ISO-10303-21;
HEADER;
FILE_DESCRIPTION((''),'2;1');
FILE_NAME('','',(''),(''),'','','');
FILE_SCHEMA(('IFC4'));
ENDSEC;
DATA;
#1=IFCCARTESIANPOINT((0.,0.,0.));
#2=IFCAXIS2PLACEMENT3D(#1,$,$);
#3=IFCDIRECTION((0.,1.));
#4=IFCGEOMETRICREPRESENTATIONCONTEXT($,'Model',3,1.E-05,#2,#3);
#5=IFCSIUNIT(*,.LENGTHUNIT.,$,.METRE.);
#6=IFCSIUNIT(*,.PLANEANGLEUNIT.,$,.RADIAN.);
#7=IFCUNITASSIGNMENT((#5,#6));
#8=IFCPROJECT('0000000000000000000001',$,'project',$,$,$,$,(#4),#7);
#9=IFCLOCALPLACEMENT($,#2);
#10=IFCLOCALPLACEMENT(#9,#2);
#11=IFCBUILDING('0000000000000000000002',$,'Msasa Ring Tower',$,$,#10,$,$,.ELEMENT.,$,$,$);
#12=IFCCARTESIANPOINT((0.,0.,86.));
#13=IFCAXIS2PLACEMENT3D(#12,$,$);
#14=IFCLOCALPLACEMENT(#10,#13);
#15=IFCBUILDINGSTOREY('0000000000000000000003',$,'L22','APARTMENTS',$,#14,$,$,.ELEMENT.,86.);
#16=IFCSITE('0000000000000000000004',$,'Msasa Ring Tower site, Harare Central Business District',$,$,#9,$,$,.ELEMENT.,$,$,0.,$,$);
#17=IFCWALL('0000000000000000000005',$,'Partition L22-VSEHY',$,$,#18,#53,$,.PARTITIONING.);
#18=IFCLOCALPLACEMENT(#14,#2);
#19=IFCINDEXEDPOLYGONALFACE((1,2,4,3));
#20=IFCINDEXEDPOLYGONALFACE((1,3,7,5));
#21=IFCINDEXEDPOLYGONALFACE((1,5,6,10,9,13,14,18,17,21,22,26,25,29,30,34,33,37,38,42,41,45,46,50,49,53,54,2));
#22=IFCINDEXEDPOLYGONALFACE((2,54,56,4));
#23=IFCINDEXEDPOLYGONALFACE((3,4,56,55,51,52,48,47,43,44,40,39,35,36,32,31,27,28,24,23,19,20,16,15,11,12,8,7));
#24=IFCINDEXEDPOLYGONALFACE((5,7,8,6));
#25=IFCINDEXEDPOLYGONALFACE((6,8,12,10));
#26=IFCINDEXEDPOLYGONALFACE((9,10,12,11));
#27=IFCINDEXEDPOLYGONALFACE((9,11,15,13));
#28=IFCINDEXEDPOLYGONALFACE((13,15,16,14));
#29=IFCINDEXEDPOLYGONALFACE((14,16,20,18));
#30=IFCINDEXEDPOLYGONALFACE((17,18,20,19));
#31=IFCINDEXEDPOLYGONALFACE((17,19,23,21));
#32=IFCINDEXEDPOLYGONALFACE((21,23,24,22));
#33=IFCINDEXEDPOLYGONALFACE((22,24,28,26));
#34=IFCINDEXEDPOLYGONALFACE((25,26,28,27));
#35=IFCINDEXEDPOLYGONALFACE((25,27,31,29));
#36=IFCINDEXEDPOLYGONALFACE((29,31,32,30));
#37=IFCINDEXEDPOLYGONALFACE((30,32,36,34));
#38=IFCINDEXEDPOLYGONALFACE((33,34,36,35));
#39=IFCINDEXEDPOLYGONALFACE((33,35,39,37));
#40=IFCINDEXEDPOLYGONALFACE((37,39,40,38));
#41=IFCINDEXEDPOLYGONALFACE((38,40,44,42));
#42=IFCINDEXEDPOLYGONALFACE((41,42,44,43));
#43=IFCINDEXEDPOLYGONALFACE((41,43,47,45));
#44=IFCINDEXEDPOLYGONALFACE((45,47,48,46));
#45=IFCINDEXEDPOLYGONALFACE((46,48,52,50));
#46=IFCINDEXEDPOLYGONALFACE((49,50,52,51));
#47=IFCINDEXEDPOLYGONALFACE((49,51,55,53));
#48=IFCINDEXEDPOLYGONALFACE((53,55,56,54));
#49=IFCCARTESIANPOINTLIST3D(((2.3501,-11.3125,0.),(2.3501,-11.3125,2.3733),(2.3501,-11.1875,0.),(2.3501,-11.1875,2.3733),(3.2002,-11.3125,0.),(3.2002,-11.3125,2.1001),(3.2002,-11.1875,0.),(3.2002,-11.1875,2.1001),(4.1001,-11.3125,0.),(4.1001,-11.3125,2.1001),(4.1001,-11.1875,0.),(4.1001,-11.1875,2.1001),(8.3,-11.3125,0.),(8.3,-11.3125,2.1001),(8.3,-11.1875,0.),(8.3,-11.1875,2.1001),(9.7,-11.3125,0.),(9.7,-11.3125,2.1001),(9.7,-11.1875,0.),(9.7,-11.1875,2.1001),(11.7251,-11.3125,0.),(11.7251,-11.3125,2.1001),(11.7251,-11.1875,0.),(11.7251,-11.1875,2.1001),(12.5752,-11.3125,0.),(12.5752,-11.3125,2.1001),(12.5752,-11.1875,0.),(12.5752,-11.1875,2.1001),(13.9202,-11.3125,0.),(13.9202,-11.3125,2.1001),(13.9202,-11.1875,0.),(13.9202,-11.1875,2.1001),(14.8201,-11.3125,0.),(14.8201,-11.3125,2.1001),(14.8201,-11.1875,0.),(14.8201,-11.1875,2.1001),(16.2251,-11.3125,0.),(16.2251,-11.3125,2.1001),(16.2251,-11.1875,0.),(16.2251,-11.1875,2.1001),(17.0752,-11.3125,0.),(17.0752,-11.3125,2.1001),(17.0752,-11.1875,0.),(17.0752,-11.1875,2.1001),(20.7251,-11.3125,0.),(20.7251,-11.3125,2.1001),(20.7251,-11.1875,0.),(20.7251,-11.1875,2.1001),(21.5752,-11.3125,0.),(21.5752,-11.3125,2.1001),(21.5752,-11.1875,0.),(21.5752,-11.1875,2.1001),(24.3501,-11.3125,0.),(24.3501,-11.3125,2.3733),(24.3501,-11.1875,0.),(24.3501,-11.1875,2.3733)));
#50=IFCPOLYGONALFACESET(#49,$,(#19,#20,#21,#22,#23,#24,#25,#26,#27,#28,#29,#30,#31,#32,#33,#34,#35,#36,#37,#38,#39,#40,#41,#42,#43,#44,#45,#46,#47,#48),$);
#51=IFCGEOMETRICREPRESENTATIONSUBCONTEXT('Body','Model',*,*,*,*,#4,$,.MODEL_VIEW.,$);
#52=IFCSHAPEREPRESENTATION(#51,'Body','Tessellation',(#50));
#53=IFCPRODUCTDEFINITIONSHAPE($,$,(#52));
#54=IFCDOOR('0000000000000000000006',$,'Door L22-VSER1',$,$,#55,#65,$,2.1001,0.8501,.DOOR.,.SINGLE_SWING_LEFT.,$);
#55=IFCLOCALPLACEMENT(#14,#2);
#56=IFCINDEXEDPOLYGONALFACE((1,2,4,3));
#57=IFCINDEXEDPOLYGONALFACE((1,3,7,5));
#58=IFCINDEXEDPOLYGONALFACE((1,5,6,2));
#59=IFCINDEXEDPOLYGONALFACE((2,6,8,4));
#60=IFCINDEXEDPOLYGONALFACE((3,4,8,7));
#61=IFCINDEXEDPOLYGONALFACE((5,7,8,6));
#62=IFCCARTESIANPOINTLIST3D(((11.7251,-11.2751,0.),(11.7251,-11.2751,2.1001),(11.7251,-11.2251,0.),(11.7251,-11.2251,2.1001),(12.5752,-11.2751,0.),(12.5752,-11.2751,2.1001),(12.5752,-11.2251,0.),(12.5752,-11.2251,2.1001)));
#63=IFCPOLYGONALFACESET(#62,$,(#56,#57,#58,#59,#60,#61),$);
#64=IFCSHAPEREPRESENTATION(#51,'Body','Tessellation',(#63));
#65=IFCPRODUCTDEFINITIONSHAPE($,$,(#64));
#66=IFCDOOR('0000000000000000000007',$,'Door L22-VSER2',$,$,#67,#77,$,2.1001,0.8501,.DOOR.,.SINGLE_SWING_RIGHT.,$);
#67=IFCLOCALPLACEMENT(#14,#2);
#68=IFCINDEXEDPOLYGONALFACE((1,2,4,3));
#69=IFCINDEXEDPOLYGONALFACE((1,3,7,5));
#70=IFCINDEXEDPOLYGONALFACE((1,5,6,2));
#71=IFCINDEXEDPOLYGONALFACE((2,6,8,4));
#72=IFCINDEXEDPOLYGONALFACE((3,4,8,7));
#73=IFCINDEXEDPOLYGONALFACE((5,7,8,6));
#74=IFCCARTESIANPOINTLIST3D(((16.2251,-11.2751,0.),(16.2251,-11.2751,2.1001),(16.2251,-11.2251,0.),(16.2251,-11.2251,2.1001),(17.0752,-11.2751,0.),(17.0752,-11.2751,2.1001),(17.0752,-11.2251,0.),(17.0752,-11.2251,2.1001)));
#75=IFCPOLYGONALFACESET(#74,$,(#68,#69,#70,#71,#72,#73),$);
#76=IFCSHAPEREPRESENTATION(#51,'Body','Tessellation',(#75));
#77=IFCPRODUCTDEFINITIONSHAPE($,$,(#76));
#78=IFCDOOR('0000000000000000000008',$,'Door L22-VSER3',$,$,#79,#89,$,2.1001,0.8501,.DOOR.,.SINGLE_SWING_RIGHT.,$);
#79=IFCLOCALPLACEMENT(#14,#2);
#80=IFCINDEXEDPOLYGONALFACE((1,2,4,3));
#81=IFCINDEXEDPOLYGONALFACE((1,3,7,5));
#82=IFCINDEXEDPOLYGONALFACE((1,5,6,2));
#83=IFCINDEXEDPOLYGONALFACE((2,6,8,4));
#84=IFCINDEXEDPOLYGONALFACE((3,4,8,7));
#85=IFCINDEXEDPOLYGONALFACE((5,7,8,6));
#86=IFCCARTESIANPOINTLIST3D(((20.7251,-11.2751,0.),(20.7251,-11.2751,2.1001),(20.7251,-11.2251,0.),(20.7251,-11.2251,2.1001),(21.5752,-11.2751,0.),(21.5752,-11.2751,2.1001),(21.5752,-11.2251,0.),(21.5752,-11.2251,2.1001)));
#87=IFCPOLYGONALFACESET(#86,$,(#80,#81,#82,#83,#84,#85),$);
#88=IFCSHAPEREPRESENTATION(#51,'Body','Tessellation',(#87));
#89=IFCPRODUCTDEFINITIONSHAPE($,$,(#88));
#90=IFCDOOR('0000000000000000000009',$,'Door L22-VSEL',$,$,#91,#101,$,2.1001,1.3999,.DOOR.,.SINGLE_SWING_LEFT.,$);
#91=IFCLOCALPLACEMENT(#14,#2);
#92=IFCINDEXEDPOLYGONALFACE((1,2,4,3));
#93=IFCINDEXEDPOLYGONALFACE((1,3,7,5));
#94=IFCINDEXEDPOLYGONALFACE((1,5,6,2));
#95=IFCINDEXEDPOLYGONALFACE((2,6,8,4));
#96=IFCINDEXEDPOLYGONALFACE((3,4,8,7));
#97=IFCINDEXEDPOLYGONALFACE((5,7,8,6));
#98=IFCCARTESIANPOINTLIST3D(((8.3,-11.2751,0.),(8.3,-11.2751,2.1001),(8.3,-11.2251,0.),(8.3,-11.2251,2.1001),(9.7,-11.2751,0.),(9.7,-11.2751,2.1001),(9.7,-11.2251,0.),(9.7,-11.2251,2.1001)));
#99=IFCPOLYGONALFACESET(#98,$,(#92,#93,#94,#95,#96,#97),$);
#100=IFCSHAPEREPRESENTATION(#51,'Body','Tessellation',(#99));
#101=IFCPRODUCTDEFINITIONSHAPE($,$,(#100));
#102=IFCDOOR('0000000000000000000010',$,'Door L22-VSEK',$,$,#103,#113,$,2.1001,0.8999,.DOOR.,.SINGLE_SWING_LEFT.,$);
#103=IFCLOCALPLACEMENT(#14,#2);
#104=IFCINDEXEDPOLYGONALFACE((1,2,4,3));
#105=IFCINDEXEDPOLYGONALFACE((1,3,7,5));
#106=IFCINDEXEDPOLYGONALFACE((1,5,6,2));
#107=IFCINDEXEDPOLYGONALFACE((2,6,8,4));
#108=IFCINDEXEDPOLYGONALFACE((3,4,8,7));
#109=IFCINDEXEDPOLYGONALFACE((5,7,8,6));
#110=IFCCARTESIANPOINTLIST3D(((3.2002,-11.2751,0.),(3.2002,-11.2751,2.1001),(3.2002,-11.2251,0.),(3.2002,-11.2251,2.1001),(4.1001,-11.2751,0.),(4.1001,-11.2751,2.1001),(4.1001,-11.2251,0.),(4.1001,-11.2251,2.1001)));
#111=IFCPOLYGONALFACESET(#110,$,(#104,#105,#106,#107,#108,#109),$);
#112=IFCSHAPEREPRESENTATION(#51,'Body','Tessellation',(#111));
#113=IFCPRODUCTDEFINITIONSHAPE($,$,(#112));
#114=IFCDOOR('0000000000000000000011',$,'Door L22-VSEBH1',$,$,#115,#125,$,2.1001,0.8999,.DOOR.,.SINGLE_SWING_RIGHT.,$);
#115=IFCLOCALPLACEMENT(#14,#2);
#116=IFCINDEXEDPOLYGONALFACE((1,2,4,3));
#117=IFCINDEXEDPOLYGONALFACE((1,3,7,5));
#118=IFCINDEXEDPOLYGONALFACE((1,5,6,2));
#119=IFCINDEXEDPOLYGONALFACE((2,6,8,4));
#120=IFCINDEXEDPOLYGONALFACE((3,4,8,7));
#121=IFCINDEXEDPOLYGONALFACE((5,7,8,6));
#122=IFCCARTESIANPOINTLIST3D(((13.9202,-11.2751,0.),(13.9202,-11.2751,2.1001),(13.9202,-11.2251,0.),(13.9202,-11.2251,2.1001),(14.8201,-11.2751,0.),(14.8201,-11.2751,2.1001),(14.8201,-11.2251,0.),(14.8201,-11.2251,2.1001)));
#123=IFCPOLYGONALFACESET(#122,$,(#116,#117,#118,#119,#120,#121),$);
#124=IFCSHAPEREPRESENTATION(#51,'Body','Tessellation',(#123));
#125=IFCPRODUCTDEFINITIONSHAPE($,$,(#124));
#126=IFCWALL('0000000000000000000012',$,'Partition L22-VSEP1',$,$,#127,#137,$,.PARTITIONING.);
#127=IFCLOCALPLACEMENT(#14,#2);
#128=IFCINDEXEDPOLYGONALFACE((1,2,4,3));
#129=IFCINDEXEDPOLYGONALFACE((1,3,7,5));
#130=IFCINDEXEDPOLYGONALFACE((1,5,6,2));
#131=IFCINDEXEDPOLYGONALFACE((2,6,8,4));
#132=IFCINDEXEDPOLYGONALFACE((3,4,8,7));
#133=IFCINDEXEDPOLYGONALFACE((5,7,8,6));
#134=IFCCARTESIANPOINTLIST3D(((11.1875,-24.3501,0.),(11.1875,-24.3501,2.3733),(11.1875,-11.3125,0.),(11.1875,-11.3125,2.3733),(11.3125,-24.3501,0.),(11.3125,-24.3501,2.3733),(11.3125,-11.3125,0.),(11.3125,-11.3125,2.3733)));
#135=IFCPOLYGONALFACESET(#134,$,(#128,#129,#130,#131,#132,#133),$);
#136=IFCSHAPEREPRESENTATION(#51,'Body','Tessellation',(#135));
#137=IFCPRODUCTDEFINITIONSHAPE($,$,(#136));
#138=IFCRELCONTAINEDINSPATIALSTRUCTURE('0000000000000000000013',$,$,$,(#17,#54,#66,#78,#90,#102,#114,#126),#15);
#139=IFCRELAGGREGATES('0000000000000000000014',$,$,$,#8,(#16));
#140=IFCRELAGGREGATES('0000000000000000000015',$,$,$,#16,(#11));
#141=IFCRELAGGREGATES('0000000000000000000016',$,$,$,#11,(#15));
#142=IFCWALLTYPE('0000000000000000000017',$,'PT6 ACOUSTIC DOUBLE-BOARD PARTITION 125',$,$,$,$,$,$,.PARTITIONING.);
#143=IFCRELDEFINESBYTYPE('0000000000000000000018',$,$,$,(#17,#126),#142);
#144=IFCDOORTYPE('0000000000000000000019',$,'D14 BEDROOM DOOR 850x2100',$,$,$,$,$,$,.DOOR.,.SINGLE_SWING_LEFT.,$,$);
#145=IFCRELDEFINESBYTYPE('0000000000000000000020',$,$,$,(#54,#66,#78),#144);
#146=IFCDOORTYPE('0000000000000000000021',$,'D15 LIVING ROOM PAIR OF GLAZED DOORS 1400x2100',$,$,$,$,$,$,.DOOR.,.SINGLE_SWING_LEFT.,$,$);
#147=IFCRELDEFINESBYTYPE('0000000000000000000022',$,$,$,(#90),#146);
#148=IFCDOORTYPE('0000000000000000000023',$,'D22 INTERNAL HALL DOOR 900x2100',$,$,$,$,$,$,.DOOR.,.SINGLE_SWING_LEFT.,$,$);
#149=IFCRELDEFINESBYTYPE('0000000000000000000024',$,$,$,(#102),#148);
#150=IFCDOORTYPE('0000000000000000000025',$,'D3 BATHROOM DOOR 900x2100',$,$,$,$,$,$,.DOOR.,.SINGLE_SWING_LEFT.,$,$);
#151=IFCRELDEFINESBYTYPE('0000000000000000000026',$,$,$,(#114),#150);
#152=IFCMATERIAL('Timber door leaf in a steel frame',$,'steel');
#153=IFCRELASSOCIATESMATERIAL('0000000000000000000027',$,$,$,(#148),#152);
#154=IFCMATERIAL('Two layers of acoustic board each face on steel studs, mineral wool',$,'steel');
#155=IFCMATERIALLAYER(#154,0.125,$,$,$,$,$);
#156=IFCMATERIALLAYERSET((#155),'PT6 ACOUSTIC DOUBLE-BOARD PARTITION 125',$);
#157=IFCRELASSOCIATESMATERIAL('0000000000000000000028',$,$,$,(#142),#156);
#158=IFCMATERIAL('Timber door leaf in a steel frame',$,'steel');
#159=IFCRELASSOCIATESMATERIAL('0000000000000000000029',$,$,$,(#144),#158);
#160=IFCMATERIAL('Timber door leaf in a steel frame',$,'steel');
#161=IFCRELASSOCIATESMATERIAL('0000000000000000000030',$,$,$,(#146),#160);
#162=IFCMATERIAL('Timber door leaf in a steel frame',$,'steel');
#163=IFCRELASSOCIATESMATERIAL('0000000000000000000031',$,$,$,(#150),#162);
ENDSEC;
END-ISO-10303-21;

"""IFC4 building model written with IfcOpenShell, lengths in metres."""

from ifc_helpers import new_model, si_unit, direction, frame, frame_2d, origin, place, context, subcontext, project, spatial, rectangle, extrude, material, layer, layer_set, type_object, element, fill, save


model = new_model("IFC4")

# Units and contexts
model_context = context("Model", 3, precision=1e-05, world=origin(), true_north=direction((0.0, 1.0)))
body_context = subcontext(model_context, "Body", "Model", "MODEL_VIEW")
ifc_project = project(units=[si_unit("LENGTHUNIT", "METRE"), si_unit("PLANEANGLEUNIT", "RADIAN")], contexts=[model_context])

# Site, building, storey
site_placement = place(None, origin())
site = spatial("IfcSite", under=ifc_project, at=site_placement, Name="Msasa Ring Tower site, Harare Central Business District", CompositionType="ELEMENT", RefElevation=0.0)
building_placement = place(site_placement, origin())
building = spatial("IfcBuilding", under=site, at=building_placement, Name="Msasa Ring Tower", CompositionType="ELEMENT")
storey_placement = place(building_placement, frame((0.0, 0.0, 86.0)))
storey = spatial("IfcBuildingStorey", under=building, at=storey_placement, Name="L22", Description="APARTMENTS", CompositionType="ELEMENT", Elevation=86.0)

# Shared definitions
ifc_material_1 = material(Name="Timber door leaf in a steel frame", Category="steel")
door_type_1 = type_object("IfcDoorType", Name="D22 INTERNAL HALL DOOR 900x2100", OperationType="SINGLE_SWING_LEFT", PredefinedType="DOOR", material=ifc_material_1)

# Wall, openings, doors
ifc_material_2 = material(Name="Two layers of acoustic board each face on steel studs, mineral wool", Category="steel")
ifc_layer_1 = layer(ifc_material_2, 0.125)
ifc_layer_set_1 = layer_set([ifc_layer_1], Name="PT6 ACOUSTIC DOUBLE-BOARD PARTITION 125")
wall_type_1 = type_object("IfcWallType", Name="PT6 ACOUSTIC DOUBLE-BOARD PARTITION 125", PredefinedType="PARTITIONING", material=ifc_layer_set_1)
wall_1_placement = place(storey_placement, frame((2.3501, -11.25, 0.0), z_axis=(0.0, 0.0, 1.0), x_axis=(1.0, 0.0, 0.0)))
wall_1 = element("IfcWall", 1, at=wall_1_placement, inside=storey, type_object=wall_type_1, Name="Partition L22-VSEHY", PredefinedType="PARTITIONING", context=body_context, shape_type="SweptSolid", body=[
    extrude(rectangle(XDim=22.0, YDim=0.125, at=frame_2d((11.0, 0.0))), origin(), (0.0, 0.0, 1.0), 2.3733),
])
opening_1_placement = place(wall_1_placement, frame((0.8501, 0.0, 0.0)))
opening_1 = element("IfcOpeningElement", 2, at=opening_1_placement, cuts=wall_1, PredefinedType="OPENING", context=body_context, shape_type="SweptSolid", body=[
    extrude(rectangle(XDim=0.8999, YDim=2.1001, at=frame_2d((0.45, 1.05))), frame((0.0, 0.0725, 0.0), z_axis=(0.0, -1.0, 0.0), x_axis=(1.0, 0.0, 0.0)), (0.0, 0.0, 1.0), 0.145),
])
opening_2_placement = place(wall_1_placement, frame((5.95, 0.0, 0.0)))
opening_2 = element("IfcOpeningElement", 3, at=opening_2_placement, cuts=wall_1, PredefinedType="OPENING", context=body_context, shape_type="SweptSolid", body=[
    extrude(rectangle(XDim=1.3999, YDim=2.1001, at=frame_2d((0.7, 1.05))), frame((0.0, 0.0725, 0.0), z_axis=(0.0, -1.0, 0.0), x_axis=(1.0, 0.0, 0.0)), (0.0, 0.0, 1.0), 0.145),
])
opening_3_placement = place(wall_1_placement, frame((9.375, 0.0, 0.0)))
opening_3 = element("IfcOpeningElement", 4, at=opening_3_placement, cuts=wall_1, PredefinedType="OPENING", context=body_context, shape_type="SweptSolid", body=[
    extrude(rectangle(XDim=0.8501, YDim=2.1001, at=frame_2d((0.425, 1.05))), frame((0.0, 0.0725, 0.0), z_axis=(0.0, -1.0, 0.0), x_axis=(1.0, 0.0, 0.0)), (0.0, 0.0, 1.0), 0.145),
])
opening_4_placement = place(wall_1_placement, frame((11.5701, 0.0, 0.0)))
opening_4 = element("IfcOpeningElement", 5, at=opening_4_placement, cuts=wall_1, PredefinedType="OPENING", context=body_context, shape_type="SweptSolid", body=[
    extrude(rectangle(XDim=0.8999, YDim=2.1001, at=frame_2d((0.45, 1.05))), frame((0.0, 0.0725, 0.0), z_axis=(0.0, -1.0, 0.0), x_axis=(1.0, 0.0, 0.0)), (0.0, 0.0, 1.0), 0.145),
])
opening_5_placement = place(wall_1_placement, frame((13.875, 0.0, 0.0)))
opening_5 = element("IfcOpeningElement", 6, at=opening_5_placement, cuts=wall_1, PredefinedType="OPENING", context=body_context, shape_type="SweptSolid", body=[
    extrude(rectangle(XDim=0.8501, YDim=2.1001, at=frame_2d((0.425, 1.05))), frame((0.0, 0.0725, 0.0), z_axis=(0.0, -1.0, 0.0), x_axis=(1.0, 0.0, 0.0)), (0.0, 0.0, 1.0), 0.145),
])
opening_6_placement = place(wall_1_placement, frame((18.375, 0.0, 0.0)))
opening_6 = element("IfcOpeningElement", 7, at=opening_6_placement, cuts=wall_1, PredefinedType="OPENING", context=body_context, shape_type="SweptSolid", body=[
    extrude(rectangle(XDim=0.8501, YDim=2.1001, at=frame_2d((0.425, 1.05))), frame((0.0, 0.0725, 0.0), z_axis=(0.0, -1.0, 0.0), x_axis=(1.0, 0.0, 0.0)), (0.0, 0.0, 1.0), 0.145),
])
ifc_material_3 = material(Name="Timber door leaf in a steel frame", Category="steel")
door_type_2 = type_object("IfcDoorType", Name="D14 BEDROOM DOOR 850x2100", OperationType="SINGLE_SWING_LEFT", PredefinedType="DOOR", material=ifc_material_3)
door_1_placement = place(opening_3_placement, origin())
door_1 = element("IfcDoor", 8, at=door_1_placement, inside=storey, type_object=door_type_2, Name="Door L22-VSER1", OperationType="SINGLE_SWING_LEFT", OverallHeight=2.1001, OverallWidth=0.8501, PredefinedType="DOOR", context=body_context, shape_type="SweptSolid", body=[
    extrude(rectangle(XDim=0.8501, YDim=2.1001, at=frame_2d((0.425, 1.05))), frame((0.0, 0.0249, 0.0), z_axis=(0.0, -1.0, 0.0), x_axis=(1.0, 0.0, 0.0)), (0.0, 0.0, 1.0), 0.05),
])
fill(opening_3, door_1)
door_2_placement = place(opening_5_placement, origin())
door_2 = element("IfcDoor", 9, at=door_2_placement, inside=storey, type_object=door_type_2, Name="Door L22-VSER2", OperationType="SINGLE_SWING_RIGHT", OverallHeight=2.1001, OverallWidth=0.8501, PredefinedType="DOOR", context=body_context, shape_type="SweptSolid", body=[
    extrude(rectangle(XDim=0.8501, YDim=2.1001, at=frame_2d((0.425, 1.05))), frame((0.0, 0.0249, 0.0), z_axis=(0.0, -1.0, 0.0), x_axis=(1.0, 0.0, 0.0)), (0.0, 0.0, 1.0), 0.05),
])
fill(opening_5, door_2)
door_3_placement = place(opening_6_placement, origin())
door_3 = element("IfcDoor", 10, at=door_3_placement, inside=storey, type_object=door_type_2, Name="Door L22-VSER3", OperationType="SINGLE_SWING_RIGHT", OverallHeight=2.1001, OverallWidth=0.8501, PredefinedType="DOOR", context=body_context, shape_type="SweptSolid", body=[
    extrude(rectangle(XDim=0.8501, YDim=2.1001, at=frame_2d((0.425, 1.05))), frame((0.0, 0.0249, 0.0), z_axis=(0.0, -1.0, 0.0), x_axis=(1.0, 0.0, 0.0)), (0.0, 0.0, 1.0), 0.05),
])
fill(opening_6, door_3)
ifc_material_4 = material(Name="Timber door leaf in a steel frame", Category="steel")
door_type_3 = type_object("IfcDoorType", Name="D15 LIVING ROOM PAIR OF GLAZED DOORS 1400x2100", OperationType="SINGLE_SWING_LEFT", PredefinedType="DOOR", material=ifc_material_4)
door_4_placement = place(opening_2_placement, origin())
door_4 = element("IfcDoor", 11, at=door_4_placement, inside=storey, type_object=door_type_3, Name="Door L22-VSEL", OperationType="SINGLE_SWING_LEFT", OverallHeight=2.1001, OverallWidth=1.3999, PredefinedType="DOOR", context=body_context, shape_type="SweptSolid", body=[
    extrude(rectangle(XDim=1.3999, YDim=2.1001, at=frame_2d((0.7, 1.05))), frame((0.0, 0.0249, 0.0), z_axis=(0.0, -1.0, 0.0), x_axis=(1.0, 0.0, 0.0)), (0.0, 0.0, 1.0), 0.05),
])
fill(opening_2, door_4)
door_5_placement = place(opening_1_placement, origin())
door_5 = element("IfcDoor", 12, at=door_5_placement, inside=storey, type_object=door_type_1, Name="Door L22-VSEK", OperationType="SINGLE_SWING_LEFT", OverallHeight=2.1001, OverallWidth=0.8999, PredefinedType="DOOR", context=body_context, shape_type="SweptSolid", body=[
    extrude(rectangle(XDim=0.8999, YDim=2.1001, at=frame_2d((0.45, 1.05))), frame((0.0, 0.0249, 0.0), z_axis=(0.0, -1.0, 0.0), x_axis=(1.0, 0.0, 0.0)), (0.0, 0.0, 1.0), 0.05),
])
fill(opening_1, door_5)
ifc_material_5 = material(Name="Timber door leaf in a steel frame", Category="steel")
door_type_4 = type_object("IfcDoorType", Name="D3 BATHROOM DOOR 900x2100", OperationType="SINGLE_SWING_LEFT", PredefinedType="DOOR", material=ifc_material_5)
door_6_placement = place(opening_4_placement, origin())
door_6 = element("IfcDoor", 13, at=door_6_placement, inside=storey, type_object=door_type_4, Name="Door L22-VSEBH1", OperationType="SINGLE_SWING_RIGHT", OverallHeight=2.1001, OverallWidth=0.8999, PredefinedType="DOOR", context=body_context, shape_type="SweptSolid", body=[
    extrude(rectangle(XDim=0.8999, YDim=2.1001, at=frame_2d((0.45, 1.05))), frame((0.0, 0.0249, 0.0), z_axis=(0.0, -1.0, 0.0), x_axis=(1.0, 0.0, 0.0)), (0.0, 0.0, 1.0), 0.05),
])
fill(opening_4, door_6)

# Wall
wall_2_placement = place(storey_placement, frame((11.25, -24.3501, 0.0), z_axis=(0.0, 0.0, 1.0), x_axis=(0.0, 1.0, 0.0)))
element("IfcWall", 14, at=wall_2_placement, inside=storey, type_object=wall_type_1, Name="Partition L22-VSEP1", PredefinedType="PARTITIONING", context=body_context, shape_type="SweptSolid", body=[
    extrude(rectangle(XDim=13.0376, YDim=0.125, at=frame_2d((6.5188, 0.0))), origin(), (0.0, 0.0, 1.0), 2.3733),
])

save(model, "model.ifc")
